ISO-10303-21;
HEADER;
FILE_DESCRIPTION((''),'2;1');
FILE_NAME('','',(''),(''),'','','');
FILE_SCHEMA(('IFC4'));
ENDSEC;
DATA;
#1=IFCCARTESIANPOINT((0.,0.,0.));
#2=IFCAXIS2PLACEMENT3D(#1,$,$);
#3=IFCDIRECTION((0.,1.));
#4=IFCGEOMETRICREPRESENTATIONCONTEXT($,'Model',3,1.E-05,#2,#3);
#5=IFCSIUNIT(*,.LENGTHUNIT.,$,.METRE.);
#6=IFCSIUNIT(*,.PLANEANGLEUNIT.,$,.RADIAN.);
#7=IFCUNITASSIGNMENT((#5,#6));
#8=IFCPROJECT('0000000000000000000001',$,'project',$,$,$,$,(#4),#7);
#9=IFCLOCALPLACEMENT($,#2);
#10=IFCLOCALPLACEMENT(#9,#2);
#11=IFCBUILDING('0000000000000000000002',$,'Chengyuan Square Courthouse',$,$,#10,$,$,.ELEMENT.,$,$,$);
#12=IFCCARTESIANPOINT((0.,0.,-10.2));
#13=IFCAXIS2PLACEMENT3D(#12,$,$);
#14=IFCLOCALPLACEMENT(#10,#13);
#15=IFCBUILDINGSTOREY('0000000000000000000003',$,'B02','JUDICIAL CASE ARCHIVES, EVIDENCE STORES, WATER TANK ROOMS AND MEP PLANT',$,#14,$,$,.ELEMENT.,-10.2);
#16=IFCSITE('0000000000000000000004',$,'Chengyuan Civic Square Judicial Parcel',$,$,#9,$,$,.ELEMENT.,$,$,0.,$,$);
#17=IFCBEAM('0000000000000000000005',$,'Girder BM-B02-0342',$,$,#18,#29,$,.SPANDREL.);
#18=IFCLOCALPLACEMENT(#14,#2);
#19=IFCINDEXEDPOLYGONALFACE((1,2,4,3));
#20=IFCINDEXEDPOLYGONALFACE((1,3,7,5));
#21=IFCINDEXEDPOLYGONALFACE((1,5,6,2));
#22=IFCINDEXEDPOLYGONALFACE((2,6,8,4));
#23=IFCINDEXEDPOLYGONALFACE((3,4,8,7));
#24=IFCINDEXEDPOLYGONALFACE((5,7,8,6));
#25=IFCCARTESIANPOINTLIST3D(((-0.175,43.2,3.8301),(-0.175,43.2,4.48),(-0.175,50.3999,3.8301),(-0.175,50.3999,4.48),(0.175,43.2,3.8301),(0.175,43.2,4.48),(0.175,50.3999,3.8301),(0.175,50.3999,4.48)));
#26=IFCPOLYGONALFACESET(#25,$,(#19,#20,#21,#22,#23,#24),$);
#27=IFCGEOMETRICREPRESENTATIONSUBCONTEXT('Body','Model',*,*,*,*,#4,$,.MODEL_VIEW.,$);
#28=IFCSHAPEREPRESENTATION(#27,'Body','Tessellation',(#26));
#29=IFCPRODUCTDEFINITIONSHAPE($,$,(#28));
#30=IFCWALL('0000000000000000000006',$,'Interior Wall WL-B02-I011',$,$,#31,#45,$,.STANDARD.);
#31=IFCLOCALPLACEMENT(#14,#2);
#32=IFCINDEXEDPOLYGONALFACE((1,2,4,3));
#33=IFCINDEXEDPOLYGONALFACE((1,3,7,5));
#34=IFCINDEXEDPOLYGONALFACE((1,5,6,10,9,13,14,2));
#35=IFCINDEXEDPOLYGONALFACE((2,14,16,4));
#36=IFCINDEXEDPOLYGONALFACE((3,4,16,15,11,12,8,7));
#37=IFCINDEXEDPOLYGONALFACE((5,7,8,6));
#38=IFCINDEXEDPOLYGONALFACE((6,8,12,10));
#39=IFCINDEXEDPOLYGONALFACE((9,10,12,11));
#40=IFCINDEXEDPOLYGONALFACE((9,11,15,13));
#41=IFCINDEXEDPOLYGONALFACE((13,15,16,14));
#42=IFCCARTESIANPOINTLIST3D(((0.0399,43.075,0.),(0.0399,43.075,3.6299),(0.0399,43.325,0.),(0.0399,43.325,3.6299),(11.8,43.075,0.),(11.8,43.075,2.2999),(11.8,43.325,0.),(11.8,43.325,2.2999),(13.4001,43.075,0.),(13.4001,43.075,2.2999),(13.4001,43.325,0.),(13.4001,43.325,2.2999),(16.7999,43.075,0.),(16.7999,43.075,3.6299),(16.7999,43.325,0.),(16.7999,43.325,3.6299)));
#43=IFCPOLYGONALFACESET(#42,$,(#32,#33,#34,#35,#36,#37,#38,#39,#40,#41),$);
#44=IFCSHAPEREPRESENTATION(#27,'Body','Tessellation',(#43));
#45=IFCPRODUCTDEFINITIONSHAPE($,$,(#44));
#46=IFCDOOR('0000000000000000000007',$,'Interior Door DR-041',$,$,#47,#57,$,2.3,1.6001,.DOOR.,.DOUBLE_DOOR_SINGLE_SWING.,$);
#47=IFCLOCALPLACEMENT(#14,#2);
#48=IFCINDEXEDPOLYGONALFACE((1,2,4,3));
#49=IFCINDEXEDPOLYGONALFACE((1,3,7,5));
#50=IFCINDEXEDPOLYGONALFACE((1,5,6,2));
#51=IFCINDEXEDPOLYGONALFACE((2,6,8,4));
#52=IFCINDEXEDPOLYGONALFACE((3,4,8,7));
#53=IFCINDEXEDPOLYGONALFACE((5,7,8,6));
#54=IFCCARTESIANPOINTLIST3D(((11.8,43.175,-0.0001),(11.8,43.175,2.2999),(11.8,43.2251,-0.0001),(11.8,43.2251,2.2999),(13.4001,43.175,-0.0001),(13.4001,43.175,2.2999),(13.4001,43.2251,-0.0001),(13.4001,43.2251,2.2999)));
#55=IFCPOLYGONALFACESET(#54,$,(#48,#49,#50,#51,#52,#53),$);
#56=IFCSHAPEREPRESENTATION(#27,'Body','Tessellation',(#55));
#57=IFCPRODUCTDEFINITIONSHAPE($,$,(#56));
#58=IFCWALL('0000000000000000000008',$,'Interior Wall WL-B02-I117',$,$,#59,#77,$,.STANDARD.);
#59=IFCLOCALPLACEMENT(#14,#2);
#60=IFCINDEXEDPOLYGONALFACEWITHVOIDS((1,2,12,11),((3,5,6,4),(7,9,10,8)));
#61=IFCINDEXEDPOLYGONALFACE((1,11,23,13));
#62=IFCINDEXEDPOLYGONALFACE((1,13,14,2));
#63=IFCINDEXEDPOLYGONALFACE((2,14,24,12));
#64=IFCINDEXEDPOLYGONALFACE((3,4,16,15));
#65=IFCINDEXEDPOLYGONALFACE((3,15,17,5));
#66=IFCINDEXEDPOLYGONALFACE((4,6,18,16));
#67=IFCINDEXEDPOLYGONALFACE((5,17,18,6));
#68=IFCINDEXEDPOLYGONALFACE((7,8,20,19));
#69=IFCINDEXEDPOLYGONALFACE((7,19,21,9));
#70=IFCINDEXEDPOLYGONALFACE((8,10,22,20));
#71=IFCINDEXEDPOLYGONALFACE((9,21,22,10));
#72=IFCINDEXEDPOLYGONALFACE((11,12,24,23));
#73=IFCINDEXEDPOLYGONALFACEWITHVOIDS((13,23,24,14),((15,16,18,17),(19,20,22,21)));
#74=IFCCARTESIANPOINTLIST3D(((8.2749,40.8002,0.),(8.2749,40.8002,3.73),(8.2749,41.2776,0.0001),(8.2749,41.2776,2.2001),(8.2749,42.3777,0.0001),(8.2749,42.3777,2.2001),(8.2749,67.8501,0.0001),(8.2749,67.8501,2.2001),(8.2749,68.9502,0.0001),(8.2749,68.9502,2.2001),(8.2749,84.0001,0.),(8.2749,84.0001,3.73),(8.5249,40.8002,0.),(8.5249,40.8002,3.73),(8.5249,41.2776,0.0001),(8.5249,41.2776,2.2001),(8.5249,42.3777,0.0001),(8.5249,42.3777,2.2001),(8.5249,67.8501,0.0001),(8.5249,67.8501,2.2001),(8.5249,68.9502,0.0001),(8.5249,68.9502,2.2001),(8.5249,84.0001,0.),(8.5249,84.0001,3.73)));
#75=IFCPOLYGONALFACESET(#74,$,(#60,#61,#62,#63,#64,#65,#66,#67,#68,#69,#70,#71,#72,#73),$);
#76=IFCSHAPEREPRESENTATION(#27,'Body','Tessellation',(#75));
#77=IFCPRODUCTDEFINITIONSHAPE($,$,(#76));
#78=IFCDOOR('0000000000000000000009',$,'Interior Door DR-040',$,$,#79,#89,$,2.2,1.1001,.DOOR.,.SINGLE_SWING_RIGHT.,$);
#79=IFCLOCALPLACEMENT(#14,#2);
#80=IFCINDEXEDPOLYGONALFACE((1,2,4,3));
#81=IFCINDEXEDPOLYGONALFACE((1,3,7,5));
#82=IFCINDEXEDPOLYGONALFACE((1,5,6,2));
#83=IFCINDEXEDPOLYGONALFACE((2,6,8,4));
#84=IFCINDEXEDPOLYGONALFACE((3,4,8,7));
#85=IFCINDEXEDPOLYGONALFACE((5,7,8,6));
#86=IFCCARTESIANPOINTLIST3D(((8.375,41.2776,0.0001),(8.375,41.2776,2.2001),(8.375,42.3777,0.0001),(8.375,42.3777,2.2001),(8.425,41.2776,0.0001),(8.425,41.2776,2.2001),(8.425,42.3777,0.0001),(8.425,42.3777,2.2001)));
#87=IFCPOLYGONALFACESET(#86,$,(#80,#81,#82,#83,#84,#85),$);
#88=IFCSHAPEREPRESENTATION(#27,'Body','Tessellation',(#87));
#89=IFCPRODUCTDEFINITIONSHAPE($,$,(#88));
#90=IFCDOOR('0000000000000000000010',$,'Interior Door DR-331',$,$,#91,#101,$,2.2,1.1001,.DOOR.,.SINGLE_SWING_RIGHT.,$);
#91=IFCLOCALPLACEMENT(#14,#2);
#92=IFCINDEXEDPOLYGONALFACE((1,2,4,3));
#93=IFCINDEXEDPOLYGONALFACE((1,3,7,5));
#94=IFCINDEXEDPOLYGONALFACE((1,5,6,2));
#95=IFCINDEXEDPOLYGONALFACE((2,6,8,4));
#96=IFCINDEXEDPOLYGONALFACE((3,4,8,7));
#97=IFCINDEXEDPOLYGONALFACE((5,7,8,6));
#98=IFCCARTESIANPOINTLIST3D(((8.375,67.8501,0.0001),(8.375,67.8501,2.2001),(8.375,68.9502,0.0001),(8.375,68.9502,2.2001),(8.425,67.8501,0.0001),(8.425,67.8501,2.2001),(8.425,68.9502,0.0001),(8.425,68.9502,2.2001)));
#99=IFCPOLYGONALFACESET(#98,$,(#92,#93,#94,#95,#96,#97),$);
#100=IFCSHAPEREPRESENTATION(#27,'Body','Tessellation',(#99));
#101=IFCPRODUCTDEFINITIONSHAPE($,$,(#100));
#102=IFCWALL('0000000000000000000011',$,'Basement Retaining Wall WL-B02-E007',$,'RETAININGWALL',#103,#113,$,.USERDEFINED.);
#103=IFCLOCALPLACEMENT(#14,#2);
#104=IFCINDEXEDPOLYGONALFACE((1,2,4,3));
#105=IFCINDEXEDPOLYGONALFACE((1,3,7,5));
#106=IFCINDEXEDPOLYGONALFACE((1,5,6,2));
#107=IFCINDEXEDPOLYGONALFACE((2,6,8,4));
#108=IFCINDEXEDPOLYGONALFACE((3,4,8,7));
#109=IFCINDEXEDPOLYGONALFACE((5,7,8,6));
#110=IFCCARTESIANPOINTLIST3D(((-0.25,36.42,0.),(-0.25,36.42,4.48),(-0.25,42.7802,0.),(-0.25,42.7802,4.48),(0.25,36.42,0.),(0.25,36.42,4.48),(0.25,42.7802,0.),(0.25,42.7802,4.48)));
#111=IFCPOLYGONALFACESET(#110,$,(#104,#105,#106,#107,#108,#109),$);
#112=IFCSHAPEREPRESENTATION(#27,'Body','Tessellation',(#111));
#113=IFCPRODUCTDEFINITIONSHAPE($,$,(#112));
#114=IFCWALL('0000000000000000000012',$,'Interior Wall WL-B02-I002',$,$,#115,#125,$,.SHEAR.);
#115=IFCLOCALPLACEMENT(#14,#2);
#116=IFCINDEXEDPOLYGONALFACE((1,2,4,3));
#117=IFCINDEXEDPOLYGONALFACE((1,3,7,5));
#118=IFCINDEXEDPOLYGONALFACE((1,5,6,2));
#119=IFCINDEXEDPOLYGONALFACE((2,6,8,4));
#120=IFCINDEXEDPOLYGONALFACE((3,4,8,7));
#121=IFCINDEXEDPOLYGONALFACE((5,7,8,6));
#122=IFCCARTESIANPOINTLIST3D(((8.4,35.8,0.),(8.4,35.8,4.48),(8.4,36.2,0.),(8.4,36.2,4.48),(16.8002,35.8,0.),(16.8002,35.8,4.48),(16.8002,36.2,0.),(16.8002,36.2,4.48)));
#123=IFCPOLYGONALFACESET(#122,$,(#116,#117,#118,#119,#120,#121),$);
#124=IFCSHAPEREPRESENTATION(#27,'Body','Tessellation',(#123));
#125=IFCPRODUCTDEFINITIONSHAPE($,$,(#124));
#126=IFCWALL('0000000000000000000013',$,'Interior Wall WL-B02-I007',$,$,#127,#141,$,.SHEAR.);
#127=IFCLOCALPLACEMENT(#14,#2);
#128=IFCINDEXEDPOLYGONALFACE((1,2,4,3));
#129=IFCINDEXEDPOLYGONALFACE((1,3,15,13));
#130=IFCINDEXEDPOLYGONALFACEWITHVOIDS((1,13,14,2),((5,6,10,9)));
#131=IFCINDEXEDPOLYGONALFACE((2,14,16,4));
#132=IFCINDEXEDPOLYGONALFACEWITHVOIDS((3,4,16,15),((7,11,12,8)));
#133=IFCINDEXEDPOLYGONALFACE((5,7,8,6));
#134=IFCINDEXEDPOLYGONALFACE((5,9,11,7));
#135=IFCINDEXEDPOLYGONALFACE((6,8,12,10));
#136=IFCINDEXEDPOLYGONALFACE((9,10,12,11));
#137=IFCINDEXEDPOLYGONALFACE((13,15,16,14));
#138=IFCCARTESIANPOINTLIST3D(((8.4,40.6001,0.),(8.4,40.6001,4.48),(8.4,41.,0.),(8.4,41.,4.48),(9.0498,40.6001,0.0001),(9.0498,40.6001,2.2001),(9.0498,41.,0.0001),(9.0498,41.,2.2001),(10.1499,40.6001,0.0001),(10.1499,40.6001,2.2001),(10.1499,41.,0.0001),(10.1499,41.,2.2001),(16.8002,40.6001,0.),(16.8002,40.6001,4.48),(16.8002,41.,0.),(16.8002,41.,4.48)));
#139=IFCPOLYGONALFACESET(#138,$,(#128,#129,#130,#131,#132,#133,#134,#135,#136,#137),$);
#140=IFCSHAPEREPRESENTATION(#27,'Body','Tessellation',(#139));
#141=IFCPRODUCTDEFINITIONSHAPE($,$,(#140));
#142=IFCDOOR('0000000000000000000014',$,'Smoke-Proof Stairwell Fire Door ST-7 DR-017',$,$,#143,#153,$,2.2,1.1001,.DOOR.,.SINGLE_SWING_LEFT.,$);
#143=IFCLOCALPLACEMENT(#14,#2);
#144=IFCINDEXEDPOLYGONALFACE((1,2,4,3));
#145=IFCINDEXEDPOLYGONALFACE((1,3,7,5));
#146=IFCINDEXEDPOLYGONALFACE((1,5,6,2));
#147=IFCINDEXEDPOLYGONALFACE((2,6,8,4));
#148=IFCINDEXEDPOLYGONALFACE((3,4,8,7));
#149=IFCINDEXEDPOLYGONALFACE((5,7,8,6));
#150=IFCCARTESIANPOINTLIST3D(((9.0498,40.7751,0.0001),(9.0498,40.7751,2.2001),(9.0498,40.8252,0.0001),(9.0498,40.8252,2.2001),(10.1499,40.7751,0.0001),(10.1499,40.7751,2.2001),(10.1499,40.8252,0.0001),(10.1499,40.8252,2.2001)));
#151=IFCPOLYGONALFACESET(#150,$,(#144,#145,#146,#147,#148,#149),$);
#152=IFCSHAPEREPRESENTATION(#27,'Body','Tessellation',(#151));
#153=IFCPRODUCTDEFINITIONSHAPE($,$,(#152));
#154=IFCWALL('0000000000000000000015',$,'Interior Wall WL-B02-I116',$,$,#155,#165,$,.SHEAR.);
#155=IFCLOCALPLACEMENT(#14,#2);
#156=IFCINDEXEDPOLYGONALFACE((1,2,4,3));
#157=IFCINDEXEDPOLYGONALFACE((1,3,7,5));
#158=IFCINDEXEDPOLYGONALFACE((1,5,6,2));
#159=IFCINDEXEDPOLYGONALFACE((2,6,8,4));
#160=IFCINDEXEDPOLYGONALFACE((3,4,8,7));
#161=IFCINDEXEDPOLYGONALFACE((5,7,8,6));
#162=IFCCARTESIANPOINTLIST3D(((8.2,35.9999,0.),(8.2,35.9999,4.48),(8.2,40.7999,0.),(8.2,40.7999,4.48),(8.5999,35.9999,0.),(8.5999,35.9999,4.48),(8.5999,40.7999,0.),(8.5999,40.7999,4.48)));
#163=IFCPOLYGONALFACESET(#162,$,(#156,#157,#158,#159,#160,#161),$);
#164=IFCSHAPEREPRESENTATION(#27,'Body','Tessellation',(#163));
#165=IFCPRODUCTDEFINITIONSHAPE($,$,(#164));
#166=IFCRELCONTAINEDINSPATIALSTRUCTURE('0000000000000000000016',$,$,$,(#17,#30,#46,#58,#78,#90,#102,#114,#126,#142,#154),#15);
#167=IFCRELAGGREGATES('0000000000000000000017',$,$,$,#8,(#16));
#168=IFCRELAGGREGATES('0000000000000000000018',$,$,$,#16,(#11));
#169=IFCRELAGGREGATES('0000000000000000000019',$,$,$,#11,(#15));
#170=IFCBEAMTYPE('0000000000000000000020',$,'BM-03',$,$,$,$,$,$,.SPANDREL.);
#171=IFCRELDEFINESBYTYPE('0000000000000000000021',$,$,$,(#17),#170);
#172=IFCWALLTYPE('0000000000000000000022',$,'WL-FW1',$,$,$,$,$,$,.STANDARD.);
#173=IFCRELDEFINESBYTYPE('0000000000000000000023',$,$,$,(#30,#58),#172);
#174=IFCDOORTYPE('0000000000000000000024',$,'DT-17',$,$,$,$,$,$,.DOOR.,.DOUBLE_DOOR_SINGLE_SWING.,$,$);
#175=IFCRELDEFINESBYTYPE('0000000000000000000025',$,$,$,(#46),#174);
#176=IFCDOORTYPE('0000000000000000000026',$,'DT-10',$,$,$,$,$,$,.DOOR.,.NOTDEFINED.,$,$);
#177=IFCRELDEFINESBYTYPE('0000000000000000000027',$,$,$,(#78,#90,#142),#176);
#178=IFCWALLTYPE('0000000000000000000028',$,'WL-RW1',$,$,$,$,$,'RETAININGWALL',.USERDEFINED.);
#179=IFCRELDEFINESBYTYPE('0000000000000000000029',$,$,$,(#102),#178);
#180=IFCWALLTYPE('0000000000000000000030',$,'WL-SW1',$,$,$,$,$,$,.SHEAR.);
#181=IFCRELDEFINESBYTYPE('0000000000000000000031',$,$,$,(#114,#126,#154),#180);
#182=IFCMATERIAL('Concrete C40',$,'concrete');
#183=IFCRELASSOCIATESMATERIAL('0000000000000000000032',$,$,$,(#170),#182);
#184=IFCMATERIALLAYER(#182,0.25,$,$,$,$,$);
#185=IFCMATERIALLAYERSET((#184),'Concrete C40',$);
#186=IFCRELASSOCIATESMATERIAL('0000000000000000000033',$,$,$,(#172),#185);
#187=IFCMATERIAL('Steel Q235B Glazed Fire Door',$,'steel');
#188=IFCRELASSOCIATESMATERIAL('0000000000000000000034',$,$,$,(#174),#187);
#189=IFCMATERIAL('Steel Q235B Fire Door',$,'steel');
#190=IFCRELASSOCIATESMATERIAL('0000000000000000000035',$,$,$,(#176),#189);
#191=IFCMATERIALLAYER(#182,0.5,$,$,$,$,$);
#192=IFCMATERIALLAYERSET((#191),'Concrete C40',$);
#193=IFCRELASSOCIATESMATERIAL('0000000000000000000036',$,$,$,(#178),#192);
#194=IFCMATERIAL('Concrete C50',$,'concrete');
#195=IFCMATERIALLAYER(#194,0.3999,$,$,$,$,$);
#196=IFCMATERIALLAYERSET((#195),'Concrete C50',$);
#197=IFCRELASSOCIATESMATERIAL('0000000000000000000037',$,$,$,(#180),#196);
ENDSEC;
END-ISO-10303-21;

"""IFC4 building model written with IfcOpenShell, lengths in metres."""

from ifc_helpers import new_model, si_unit, direction, frame, frame_2d, origin, origin_2d, place, context, subcontext, project, spatial, rectangle, extrude, material, layer, layer_set, material_profile, profile_set, type_object, element, fill, save


model = new_model("IFC4")

# Units and contexts
model_context = context("Model", 3, precision=1e-05, world=origin(), true_north=direction((0.0, 1.0)))
body_context = subcontext(model_context, "Body", "Model", "MODEL_VIEW")
ifc_project = project(units=[si_unit("LENGTHUNIT", "METRE"), si_unit("PLANEANGLEUNIT", "RADIAN")], contexts=[model_context])

# Site, building, storey
site_placement = place(None, origin())
site = spatial("IfcSite", under=ifc_project, at=site_placement, Name="Chengyuan Civic Square Judicial Parcel", CompositionType="ELEMENT", RefElevation=0.0)
building_placement = place(site_placement, origin())
building = spatial("IfcBuilding", under=site, at=building_placement, Name="Chengyuan Square Courthouse", CompositionType="ELEMENT")
storey_placement = place(building_placement, frame((0.0, 0.0, -10.2)))
storey = spatial("IfcBuildingStorey", under=building, at=storey_placement, Name="B02", Description="JUDICIAL CASE ARCHIVES, EVIDENCE STORES, WATER TANK ROOMS AND MEP PLANT", CompositionType="ELEMENT", Elevation=-10.2)

# Shared definitions
ifc_material_1 = material(Name="Concrete C40", Category="concrete")

# Shared definitions
ifc_material_2 = material(Name="Concrete C50", Category="concrete")

# Beam
ifc_material_profile_1 = material_profile(ifc_material_1, rectangle(XDim=0.3501, YDim=0.6499, at=origin_2d()), Name="RC-BM-350x650")
ifc_profile_set_1 = profile_set([ifc_material_profile_1], Name="Concrete C40")
beam_type_1 = type_object("IfcBeamType", Name="BM-03", PredefinedType="SPANDREL", material=ifc_profile_set_1)
beam_1_placement = place(storey_placement, frame((0.0, 43.2, 4.155), z_axis=(0.0, 1.0, 0.0), x_axis=(-1.0, 0.0, 0.0)))
element("IfcBeam", 1, at=beam_1_placement, inside=storey, type_object=beam_type_1, Name="Girder BM-B02-0342", PredefinedType="SPANDREL", context=body_context, shape_type="SweptSolid", body=[
    extrude(rectangle(XDim=0.3501, YDim=0.6499, at=origin_2d()), origin(), (0.0, 0.0, 1.0), 7.2),
])

# Wall, opening, door
ifc_layer_1 = layer(ifc_material_1, 0.25)
ifc_layer_set_1 = layer_set([ifc_layer_1], Name="Concrete C40")
wall_type_1 = type_object("IfcWallType", Name="WL-FW1", PredefinedType="STANDARD", material=ifc_layer_set_1)
wall_1_placement = place(storey_placement, frame((0.04, 43.2, 0.0), z_axis=(0.0, 0.0, 1.0), x_axis=(1.0, 0.0, 0.0)))
wall_1 = element("IfcWall", 2, at=wall_1_placement, inside=storey, type_object=wall_type_1, Name="Interior Wall WL-B02-I011", PredefinedType="STANDARD", context=body_context, shape_type="SweptSolid", body=[
    extrude(rectangle(XDim=16.76, YDim=0.25, at=frame_2d((8.3799, 0.0))), origin(), (0.0, 0.0, 1.0), 3.6299),
])
opening_1_placement = place(wall_1_placement, frame((11.76, 0.0, 0.0)))
opening_1 = element("IfcOpeningElement", 3, at=opening_1_placement, cuts=wall_1, PredefinedType="OPENING", context=body_context, shape_type="SweptSolid", body=[
    extrude(rectangle(XDim=1.6001, YDim=2.3, at=frame_2d((0.8, 1.1499))), frame((0.0, 0.137, 0.0), z_axis=(0.0, -1.0, 0.0), x_axis=(1.0, 0.0, 0.0)), (0.0, 0.0, 1.0), 0.2739),
])
ifc_material_3 = material(Name="Steel Q235B Glazed Fire Door", Category="steel")
door_type_1 = type_object("IfcDoorType", Name="DT-17", OperationType="DOUBLE_DOOR_SINGLE_SWING", PredefinedType="DOOR", material=ifc_material_3)
door_1_placement = place(opening_1_placement, frame((1.6001, 0.0, 0.0), z_axis=(0.0, 0.0, 1.0), x_axis=(-1.0, 0.0, 0.0)))
door_1 = element("IfcDoor", 4, at=door_1_placement, inside=storey, type_object=door_type_1, Name="Interior Door DR-041", OperationType="DOUBLE_DOOR_SINGLE_SWING", OverallHeight=2.3, OverallWidth=1.6001, PredefinedType="DOOR", context=body_context, shape_type="SweptSolid", body=[
    extrude(rectangle(XDim=1.6001, YDim=2.3, at=frame_2d((0.8, 1.1499))), frame((0.0, 0.0249, 0.0), z_axis=(0.0, -1.0, 0.0), x_axis=(1.0, 0.0, 0.0)), (0.0, 0.0, 1.0), 0.05),
])
fill(opening_1, door_1)

# Wall, openings, doors
wall_2_placement = place(storey_placement, frame((8.3999, 40.8, 0.0), z_axis=(0.0, 0.0, 1.0), x_axis=(0.0, 1.0, 0.0)))
wall_2 = element("IfcWall", 5, at=wall_2_placement, inside=storey, type_object=wall_type_1, Name="Interior Wall WL-B02-I117", PredefinedType="STANDARD", context=body_context, shape_type="SweptSolid", body=[
    extrude(rectangle(XDim=43.2, YDim=0.25, at=frame_2d((21.6001, 0.0))), origin(), (0.0, 0.0, 1.0), 3.73),
])
opening_2_placement = place(wall_2_placement, frame((0.4775, 0.0, 0.0)))
opening_2 = element("IfcOpeningElement", 6, at=opening_2_placement, cuts=wall_2, PredefinedType="OPENING", context=body_context, shape_type="SweptSolid", body=[
    extrude(rectangle(XDim=1.1001, YDim=2.2, at=frame_2d((0.55, 1.1001))), frame((0.0, 0.137, 0.0), z_axis=(0.0, -1.0, 0.0), x_axis=(1.0, 0.0, 0.0)), (0.0, 0.0, 1.0), 0.2739),
])
opening_3_placement = place(wall_2_placement, frame((27.05, 0.0, 0.0)))
opening_3 = element("IfcOpeningElement", 7, at=opening_3_placement, cuts=wall_2, PredefinedType="OPENING", context=body_context, shape_type="SweptSolid", body=[
    extrude(rectangle(XDim=1.1001, YDim=2.2, at=frame_2d((0.55, 1.1001))), frame((0.0, 0.137, 0.0), z_axis=(0.0, -1.0, 0.0), x_axis=(1.0, 0.0, 0.0)), (0.0, 0.0, 1.0), 0.2739),
])
ifc_material_4 = material(Name="Steel Q235B Fire Door", Category="steel")
door_type_2 = type_object("IfcDoorType", Name="DT-10", OperationType="NOTDEFINED", PredefinedType="DOOR", material=ifc_material_4)
door_2_placement = place(opening_2_placement, origin())
door_2 = element("IfcDoor", 8, at=door_2_placement, inside=storey, type_object=door_type_2, Name="Interior Door DR-040", OperationType="SINGLE_SWING_RIGHT", OverallHeight=2.2, OverallWidth=1.1001, PredefinedType="DOOR", context=body_context, shape_type="SweptSolid", body=[
    extrude(rectangle(XDim=1.1001, YDim=2.2, at=frame_2d((0.55, 1.1001))), frame((0.0, 0.0249, 0.0), z_axis=(0.0, -1.0, 0.0), x_axis=(1.0, 0.0, 0.0)), (0.0, 0.0, 1.0), 0.05),
])
fill(opening_2, door_2)
door_3_placement = place(opening_3_placement, origin())
door_3 = element("IfcDoor", 9, at=door_3_placement, inside=storey, type_object=door_type_2, Name="Interior Door DR-331", OperationType="SINGLE_SWING_RIGHT", OverallHeight=2.2, OverallWidth=1.1001, PredefinedType="DOOR", context=body_context, shape_type="SweptSolid", body=[
    extrude(rectangle(XDim=1.1001, YDim=2.2, at=frame_2d((0.55, 1.1001))), frame((0.0, 0.0249, 0.0), z_axis=(0.0, -1.0, 0.0), x_axis=(1.0, 0.0, 0.0)), (0.0, 0.0, 1.0), 0.05),
])
fill(opening_3, door_3)

# Walls
ifc_layer_2 = layer(ifc_material_1, 0.5)
ifc_layer_set_2 = layer_set([ifc_layer_2], Name="Concrete C40")
wall_type_2 = type_object("IfcWallType", Name="WL-RW1", ElementType="RETAININGWALL", PredefinedType="USERDEFINED", material=ifc_layer_set_2)
wall_3_placement = place(storey_placement, frame((0.0, 36.4199, 0.0), z_axis=(0.0, 0.0, 1.0), x_axis=(0.0, 1.0, 0.0)))
element("IfcWall", 10, at=wall_3_placement, inside=storey, type_object=wall_type_2, Name="Basement Retaining Wall WL-B02-E007", ObjectType="RETAININGWALL", PredefinedType="USERDEFINED", context=body_context, shape_type="SweptSolid", body=[
    extrude(rectangle(XDim=6.3601, YDim=0.5, at=frame_2d((3.1802, 0.0))), origin(), (0.0, 0.0, 1.0), 4.48),
])
ifc_layer_3 = layer(ifc_material_2, 0.3999)
ifc_layer_set_3 = layer_set([ifc_layer_3], Name="Concrete C50")
wall_type_3 = type_object("IfcWallType", Name="WL-SW1", PredefinedType="SHEAR", material=ifc_layer_set_3)
wall_4_placement = place(storey_placement, frame((8.3999, 36.0, 0.0), z_axis=(0.0, 0.0, 1.0), x_axis=(1.0, 0.0, 0.0)))
element("IfcWall", 11, at=wall_4_placement, inside=storey, type_object=wall_type_3, Name="Interior Wall WL-B02-I002", PredefinedType="SHEAR", context=body_context, shape_type="SweptSolid", body=[
    extrude(rectangle(XDim=8.4001, YDim=0.3999, at=frame_2d((4.2002, 0.0))), origin(), (0.0, 0.0, 1.0), 4.48),
])

# Wall, opening, door
wall_5_placement = place(storey_placement, frame((8.3999, 40.8, 0.0), z_axis=(0.0, 0.0, 1.0), x_axis=(1.0, 0.0, 0.0)))
wall_5 = element("IfcWall", 12, at=wall_5_placement, inside=storey, type_object=wall_type_3, Name="Interior Wall WL-B02-I007", PredefinedType="SHEAR", context=body_context, shape_type="SweptSolid", body=[
    extrude(rectangle(XDim=8.4001, YDim=0.3999, at=frame_2d((4.2002, 0.0))), origin(), (0.0, 0.0, 1.0), 4.48),
])
opening_4_placement = place(wall_5_placement, frame((0.6499, 0.0, 0.0)))
opening_4 = element("IfcOpeningElement", 13, at=opening_4_placement, cuts=wall_5, PredefinedType="OPENING", context=body_context, shape_type="SweptSolid", body=[
    extrude(rectangle(XDim=1.1001, YDim=2.2, at=frame_2d((0.55, 1.1001))), frame((0.0, 0.2119, 0.0), z_axis=(0.0, -1.0, 0.0), x_axis=(1.0, 0.0, 0.0)), (0.0, 0.0, 1.0), 0.4238),
])
door_4_placement = place(opening_4_placement, frame((1.1001, 0.0, 0.0), z_axis=(0.0, 0.0, 1.0), x_axis=(-1.0, 0.0, 0.0)))
door_4 = element("IfcDoor", 14, at=door_4_placement, inside=storey, type_object=door_type_2, Name="Smoke-Proof Stairwell Fire Door ST-7 DR-017", OperationType="SINGLE_SWING_LEFT", OverallHeight=2.2, OverallWidth=1.1001, PredefinedType="DOOR", context=body_context, shape_type="SweptSolid", body=[
    extrude(rectangle(XDim=1.1001, YDim=2.2, at=frame_2d((0.55, 1.1001))), frame((0.0, 0.0249, 0.0), z_axis=(0.0, -1.0, 0.0), x_axis=(1.0, 0.0, 0.0)), (0.0, 0.0, 1.0), 0.05),
])
fill(opening_4, door_4)

# Wall
wall_6_placement = place(storey_placement, frame((8.3999, 36.0, 0.0), z_axis=(0.0, 0.0, 1.0), x_axis=(0.0, 1.0, 0.0)))
element("IfcWall", 15, at=wall_6_placement, inside=storey, type_object=wall_type_3, Name="Interior Wall WL-B02-I116", PredefinedType="SHEAR", context=body_context, shape_type="SweptSolid", body=[
    extrude(rectangle(XDim=4.8, YDim=0.3999, at=frame_2d((2.3999, 0.0))), origin(), (0.0, 0.0, 1.0), 4.48),
])

save(model, "model.ifc")
